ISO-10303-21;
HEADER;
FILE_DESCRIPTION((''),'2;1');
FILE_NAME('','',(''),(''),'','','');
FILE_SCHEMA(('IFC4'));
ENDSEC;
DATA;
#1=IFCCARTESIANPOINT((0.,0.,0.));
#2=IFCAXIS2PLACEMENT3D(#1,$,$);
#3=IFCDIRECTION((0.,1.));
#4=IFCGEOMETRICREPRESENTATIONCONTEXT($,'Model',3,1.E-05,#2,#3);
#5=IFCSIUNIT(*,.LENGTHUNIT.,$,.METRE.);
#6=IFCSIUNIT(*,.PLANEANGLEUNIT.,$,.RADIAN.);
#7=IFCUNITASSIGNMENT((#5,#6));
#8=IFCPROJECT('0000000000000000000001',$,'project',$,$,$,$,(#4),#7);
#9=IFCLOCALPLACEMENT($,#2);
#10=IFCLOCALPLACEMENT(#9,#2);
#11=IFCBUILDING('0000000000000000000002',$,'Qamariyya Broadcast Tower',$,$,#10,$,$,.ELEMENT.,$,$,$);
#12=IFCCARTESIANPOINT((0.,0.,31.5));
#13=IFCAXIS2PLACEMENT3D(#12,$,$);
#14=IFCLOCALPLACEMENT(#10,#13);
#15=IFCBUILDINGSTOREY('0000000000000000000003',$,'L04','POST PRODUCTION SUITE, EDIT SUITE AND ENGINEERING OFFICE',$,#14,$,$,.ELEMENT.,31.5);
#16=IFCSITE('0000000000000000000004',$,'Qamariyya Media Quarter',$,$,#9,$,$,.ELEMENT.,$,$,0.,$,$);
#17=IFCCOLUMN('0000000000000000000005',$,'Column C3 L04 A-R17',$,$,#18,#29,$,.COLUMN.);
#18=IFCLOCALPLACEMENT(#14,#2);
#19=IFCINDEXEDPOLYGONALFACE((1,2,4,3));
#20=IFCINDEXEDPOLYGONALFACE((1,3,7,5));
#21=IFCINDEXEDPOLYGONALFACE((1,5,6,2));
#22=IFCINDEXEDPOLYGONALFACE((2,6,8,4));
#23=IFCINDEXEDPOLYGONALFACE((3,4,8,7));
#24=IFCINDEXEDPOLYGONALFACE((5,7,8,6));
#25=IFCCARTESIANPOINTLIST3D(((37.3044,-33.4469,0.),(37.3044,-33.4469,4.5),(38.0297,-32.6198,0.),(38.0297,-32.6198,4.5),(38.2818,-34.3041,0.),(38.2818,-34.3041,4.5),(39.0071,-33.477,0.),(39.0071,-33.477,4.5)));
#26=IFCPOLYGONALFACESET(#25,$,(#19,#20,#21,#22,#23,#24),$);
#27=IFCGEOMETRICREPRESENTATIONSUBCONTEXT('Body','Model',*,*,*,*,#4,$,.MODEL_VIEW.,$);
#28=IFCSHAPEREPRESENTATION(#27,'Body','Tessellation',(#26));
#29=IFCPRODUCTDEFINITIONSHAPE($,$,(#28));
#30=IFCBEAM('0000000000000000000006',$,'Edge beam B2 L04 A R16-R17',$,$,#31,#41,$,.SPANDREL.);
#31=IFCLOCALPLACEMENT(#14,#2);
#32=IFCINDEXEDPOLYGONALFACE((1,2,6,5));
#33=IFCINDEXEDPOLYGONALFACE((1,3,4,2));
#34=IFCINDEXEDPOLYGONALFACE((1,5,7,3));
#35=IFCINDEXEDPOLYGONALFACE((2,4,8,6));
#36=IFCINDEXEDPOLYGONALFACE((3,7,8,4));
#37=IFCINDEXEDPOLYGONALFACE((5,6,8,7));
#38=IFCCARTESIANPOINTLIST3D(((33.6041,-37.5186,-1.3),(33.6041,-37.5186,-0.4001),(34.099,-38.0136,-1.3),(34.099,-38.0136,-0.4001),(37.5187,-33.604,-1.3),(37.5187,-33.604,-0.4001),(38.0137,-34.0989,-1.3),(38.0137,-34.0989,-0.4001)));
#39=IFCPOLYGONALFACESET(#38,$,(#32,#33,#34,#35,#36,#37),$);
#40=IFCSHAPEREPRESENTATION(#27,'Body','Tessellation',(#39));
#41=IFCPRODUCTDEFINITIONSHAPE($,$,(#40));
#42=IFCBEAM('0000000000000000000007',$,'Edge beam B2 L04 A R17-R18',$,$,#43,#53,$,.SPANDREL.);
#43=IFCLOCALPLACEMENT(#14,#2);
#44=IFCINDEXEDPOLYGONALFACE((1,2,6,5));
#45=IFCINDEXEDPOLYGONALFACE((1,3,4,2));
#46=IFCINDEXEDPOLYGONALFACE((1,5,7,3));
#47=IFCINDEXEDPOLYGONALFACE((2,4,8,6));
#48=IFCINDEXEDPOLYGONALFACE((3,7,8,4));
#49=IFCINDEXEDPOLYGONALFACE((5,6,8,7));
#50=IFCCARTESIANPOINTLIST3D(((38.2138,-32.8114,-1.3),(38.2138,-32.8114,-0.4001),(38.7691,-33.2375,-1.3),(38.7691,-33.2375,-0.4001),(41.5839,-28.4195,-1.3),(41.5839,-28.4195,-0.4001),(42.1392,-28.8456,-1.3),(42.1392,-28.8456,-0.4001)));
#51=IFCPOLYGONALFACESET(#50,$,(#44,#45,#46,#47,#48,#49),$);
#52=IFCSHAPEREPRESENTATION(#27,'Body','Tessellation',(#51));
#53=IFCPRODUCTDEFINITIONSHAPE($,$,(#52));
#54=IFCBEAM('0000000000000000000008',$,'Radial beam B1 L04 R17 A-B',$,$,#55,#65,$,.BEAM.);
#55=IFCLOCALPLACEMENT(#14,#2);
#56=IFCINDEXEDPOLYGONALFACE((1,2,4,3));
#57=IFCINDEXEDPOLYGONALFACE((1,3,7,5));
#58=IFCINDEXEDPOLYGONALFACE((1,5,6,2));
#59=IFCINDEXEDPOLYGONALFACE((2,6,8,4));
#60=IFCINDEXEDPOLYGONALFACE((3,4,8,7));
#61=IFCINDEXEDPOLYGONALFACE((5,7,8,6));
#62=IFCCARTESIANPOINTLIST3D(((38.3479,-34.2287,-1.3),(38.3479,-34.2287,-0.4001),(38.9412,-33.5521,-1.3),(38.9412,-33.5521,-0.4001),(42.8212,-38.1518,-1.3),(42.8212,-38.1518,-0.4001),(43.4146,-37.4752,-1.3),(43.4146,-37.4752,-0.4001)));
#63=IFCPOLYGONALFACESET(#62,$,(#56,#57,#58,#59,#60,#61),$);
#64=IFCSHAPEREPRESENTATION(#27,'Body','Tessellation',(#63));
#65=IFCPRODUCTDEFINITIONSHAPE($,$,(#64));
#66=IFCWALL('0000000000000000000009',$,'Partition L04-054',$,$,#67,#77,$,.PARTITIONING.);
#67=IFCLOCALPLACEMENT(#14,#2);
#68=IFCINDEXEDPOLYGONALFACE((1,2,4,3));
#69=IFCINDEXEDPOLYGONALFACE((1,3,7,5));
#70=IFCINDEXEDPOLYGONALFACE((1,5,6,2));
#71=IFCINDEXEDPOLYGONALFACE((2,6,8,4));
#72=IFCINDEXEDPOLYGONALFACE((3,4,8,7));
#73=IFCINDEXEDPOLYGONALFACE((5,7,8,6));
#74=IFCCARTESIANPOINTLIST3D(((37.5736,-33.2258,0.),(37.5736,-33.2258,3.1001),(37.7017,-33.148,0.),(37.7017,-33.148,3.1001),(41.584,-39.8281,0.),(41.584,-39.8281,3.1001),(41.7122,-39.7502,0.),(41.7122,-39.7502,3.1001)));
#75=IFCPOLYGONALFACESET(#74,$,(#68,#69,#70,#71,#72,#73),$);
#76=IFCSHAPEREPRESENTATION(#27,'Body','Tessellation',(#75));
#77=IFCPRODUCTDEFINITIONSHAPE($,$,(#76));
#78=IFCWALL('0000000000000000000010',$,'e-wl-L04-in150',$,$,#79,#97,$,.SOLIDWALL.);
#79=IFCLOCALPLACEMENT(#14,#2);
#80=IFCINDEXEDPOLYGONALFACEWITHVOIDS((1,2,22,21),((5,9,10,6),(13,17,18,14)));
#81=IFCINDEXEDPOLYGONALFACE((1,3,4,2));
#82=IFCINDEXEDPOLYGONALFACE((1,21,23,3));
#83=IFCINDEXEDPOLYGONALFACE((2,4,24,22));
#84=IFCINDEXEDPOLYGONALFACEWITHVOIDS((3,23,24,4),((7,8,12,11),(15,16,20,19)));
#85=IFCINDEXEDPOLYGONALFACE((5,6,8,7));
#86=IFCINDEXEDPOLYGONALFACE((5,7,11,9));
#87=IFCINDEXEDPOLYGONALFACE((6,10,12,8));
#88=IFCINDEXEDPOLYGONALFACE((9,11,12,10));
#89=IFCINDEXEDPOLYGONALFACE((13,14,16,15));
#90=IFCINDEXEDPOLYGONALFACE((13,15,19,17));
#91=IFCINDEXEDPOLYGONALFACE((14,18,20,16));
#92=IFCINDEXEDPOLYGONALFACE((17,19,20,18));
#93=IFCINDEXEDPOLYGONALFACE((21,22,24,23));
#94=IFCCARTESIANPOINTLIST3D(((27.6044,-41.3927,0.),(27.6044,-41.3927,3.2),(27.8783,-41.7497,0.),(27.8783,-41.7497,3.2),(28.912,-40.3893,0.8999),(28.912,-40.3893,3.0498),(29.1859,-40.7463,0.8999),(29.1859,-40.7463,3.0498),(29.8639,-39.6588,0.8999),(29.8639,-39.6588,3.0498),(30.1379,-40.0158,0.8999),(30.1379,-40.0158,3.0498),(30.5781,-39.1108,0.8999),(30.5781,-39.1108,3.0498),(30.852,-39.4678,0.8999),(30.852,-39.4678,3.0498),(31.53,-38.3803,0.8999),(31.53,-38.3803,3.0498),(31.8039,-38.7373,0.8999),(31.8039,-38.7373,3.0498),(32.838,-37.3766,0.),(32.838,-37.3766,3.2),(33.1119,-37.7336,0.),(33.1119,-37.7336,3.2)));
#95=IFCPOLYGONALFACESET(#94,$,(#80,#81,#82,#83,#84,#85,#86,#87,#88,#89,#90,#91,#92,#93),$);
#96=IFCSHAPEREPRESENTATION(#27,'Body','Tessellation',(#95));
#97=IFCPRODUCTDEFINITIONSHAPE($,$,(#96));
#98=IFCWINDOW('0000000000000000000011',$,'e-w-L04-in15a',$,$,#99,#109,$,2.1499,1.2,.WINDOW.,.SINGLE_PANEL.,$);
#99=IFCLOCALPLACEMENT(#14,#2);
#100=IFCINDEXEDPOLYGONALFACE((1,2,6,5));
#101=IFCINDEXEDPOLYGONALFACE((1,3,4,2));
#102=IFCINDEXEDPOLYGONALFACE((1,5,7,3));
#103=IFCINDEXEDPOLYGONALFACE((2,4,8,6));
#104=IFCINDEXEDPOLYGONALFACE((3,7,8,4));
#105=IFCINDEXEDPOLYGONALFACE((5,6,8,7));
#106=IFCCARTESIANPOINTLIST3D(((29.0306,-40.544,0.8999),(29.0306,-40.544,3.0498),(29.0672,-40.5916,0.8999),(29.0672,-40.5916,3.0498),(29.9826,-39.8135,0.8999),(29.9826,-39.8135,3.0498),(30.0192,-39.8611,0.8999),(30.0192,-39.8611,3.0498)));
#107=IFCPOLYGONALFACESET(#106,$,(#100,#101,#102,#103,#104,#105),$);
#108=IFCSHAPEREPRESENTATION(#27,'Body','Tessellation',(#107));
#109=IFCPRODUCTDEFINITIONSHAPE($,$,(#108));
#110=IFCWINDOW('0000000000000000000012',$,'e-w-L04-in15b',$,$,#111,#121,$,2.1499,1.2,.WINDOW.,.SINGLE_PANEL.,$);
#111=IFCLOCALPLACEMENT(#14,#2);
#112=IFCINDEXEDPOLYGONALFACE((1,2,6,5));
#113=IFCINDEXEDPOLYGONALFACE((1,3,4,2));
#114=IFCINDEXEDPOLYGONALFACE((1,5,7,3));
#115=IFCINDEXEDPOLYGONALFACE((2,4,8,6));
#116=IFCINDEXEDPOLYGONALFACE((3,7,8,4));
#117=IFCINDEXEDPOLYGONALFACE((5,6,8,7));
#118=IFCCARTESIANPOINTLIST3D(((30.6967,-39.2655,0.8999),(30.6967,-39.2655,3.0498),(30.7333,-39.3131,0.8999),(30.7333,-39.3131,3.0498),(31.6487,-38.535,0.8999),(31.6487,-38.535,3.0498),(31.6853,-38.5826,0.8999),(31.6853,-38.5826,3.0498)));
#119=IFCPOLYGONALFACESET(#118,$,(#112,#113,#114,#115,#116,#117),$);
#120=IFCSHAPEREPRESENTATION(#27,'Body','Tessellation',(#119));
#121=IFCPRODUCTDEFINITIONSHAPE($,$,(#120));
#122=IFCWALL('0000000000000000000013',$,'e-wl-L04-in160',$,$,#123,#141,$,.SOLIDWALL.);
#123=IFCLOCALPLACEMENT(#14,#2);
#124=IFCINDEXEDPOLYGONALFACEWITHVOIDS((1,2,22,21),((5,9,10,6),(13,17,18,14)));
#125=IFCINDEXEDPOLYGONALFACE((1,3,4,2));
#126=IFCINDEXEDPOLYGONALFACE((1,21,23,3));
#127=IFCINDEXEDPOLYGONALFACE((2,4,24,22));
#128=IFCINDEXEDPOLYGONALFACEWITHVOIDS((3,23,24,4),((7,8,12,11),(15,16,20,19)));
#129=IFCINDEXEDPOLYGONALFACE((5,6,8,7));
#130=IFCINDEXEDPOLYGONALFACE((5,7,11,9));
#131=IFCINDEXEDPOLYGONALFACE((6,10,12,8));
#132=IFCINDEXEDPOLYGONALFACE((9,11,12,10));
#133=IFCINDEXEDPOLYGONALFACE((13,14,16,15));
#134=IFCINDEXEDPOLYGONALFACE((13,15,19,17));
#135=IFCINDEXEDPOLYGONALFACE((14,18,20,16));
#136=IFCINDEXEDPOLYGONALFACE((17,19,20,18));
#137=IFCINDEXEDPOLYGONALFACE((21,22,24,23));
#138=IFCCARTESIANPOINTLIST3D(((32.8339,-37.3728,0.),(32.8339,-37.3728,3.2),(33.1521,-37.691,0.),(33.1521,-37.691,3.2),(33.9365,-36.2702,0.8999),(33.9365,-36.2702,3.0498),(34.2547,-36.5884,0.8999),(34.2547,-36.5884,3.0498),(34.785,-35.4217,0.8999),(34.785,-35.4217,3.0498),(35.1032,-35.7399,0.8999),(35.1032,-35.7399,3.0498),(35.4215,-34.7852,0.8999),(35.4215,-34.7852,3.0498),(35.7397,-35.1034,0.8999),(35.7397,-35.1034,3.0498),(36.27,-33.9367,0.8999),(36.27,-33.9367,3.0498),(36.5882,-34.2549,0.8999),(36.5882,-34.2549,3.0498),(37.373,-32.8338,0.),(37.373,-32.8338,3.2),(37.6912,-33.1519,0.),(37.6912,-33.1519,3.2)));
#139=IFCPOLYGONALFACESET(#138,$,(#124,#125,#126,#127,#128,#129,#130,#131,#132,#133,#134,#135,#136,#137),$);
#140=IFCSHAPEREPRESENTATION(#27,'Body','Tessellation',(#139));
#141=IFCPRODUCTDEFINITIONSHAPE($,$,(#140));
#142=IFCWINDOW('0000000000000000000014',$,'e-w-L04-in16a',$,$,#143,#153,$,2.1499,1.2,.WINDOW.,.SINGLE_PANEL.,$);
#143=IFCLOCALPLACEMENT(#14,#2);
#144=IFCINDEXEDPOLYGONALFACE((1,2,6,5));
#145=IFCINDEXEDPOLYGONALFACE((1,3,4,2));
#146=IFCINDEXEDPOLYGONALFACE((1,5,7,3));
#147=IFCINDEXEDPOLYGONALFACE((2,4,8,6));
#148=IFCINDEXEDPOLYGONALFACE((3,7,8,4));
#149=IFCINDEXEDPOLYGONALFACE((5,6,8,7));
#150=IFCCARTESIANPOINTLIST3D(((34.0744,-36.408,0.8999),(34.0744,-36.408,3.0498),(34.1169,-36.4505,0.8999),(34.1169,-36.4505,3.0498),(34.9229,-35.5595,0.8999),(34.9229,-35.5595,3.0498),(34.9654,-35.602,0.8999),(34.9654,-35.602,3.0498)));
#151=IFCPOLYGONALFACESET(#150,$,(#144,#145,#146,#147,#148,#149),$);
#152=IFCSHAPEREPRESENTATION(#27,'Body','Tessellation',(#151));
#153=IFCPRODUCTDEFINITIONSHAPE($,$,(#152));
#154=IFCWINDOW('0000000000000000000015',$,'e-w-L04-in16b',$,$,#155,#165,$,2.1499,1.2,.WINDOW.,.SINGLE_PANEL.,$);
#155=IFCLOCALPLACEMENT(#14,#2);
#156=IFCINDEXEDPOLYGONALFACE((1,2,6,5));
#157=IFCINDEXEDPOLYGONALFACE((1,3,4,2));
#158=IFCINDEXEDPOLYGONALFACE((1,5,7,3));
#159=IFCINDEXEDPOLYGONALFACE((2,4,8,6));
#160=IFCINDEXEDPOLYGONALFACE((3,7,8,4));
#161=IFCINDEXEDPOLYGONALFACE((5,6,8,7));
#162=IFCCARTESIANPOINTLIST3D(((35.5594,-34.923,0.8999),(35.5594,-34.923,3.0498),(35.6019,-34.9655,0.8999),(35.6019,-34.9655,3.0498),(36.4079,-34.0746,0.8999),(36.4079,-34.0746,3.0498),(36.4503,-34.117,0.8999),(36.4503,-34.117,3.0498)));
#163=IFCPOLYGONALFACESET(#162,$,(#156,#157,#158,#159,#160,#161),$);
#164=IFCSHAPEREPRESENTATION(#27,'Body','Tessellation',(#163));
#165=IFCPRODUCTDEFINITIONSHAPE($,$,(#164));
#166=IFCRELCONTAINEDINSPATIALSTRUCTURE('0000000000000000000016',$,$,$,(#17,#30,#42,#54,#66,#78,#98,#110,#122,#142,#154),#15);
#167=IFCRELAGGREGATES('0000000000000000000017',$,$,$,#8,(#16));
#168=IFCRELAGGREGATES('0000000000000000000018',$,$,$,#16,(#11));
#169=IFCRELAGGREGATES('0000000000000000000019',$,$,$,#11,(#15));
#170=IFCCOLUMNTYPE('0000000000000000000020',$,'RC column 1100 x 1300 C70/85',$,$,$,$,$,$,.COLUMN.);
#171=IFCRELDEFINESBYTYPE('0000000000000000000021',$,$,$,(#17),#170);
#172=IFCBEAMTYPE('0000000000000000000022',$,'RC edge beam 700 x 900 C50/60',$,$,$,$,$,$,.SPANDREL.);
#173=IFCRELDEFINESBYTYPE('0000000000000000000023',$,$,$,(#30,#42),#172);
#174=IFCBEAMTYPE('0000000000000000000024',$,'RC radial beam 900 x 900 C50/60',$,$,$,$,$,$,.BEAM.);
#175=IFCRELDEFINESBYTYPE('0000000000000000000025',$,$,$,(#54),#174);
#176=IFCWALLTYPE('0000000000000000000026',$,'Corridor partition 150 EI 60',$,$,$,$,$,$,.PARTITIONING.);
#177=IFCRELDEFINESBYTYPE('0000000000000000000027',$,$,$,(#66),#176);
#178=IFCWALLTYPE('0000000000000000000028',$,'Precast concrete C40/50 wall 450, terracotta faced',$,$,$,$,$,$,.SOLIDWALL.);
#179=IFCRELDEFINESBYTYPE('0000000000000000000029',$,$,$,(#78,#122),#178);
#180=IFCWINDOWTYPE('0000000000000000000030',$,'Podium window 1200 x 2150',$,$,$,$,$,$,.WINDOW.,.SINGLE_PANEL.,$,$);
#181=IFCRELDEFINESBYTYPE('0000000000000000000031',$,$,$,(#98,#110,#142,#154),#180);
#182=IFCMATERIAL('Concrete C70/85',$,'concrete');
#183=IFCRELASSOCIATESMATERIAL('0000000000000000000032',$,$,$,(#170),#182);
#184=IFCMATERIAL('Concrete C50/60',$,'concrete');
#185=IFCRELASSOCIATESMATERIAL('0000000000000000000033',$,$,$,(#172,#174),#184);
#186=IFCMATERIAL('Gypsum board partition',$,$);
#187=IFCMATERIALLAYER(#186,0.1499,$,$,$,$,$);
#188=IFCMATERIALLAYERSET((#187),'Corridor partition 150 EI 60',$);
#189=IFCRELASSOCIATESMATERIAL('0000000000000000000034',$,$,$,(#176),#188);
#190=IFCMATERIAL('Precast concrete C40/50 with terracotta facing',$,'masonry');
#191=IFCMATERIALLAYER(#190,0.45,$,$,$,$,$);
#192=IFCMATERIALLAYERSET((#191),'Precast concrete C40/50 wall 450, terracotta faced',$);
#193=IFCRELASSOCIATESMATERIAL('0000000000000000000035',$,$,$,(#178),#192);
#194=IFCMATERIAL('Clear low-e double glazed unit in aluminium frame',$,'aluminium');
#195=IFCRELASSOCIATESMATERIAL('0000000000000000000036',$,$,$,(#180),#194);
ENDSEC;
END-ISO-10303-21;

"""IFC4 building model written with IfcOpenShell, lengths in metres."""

from ifc_helpers import new_model, si_unit, direction, frame, frame_2d, origin, origin_2d, place, context, subcontext, project, spatial, rectangle, extrude, material, layer, layer_set, material_profile, profile_set, type_object, element, fill, save


model = new_model("IFC4")

# Units and contexts
model_context = context("Model", 3, precision=1e-05, world=origin(), true_north=direction((0.0, 1.0)))
body_context = subcontext(model_context, "Body", "Model", "MODEL_VIEW")
ifc_project = project(units=[si_unit("LENGTHUNIT", "METRE"), si_unit("PLANEANGLEUNIT", "RADIAN")], contexts=[model_context])

# Site, building, storey
site_placement = place(None, origin())
site = spatial("IfcSite", under=ifc_project, at=site_placement, Name="Qamariyya Media Quarter", CompositionType="ELEMENT", RefElevation=0.0)
building_placement = place(site_placement, origin())
building = spatial("IfcBuilding", under=site, at=building_placement, Name="Qamariyya Broadcast Tower", CompositionType="ELEMENT")
storey_placement = place(building_placement, frame((0.0, 0.0, 31.5)))
storey = spatial("IfcBuildingStorey", under=building, at=storey_placement, Name="L04", Description="POST PRODUCTION SUITE, EDIT SUITE AND ENGINEERING OFFICE", CompositionType="ELEMENT", Elevation=31.5)

# Column
ifc_material_1 = material(Name="Concrete C70/85", Category="concrete")
ifc_material_profile_1 = material_profile(ifc_material_1, rectangle(XDim=1.1001, YDim=1.3, at=origin_2d()))
ifc_profile_set_1 = profile_set([ifc_material_profile_1], Name="Concrete C70/85")
column_type = type_object("IfcColumnType", Name="RC column 1100 x 1300 C70/85", PredefinedType="COLUMN", material=ifc_profile_set_1)
column_placement = place(storey_placement, frame((38.1558, -33.4619, 0.0), z_axis=(0.0, 0.0, 1.0), x_axis=(0.659346, 0.75184, 0.0)))
element("IfcColumn", 1, at=column_placement, inside=storey, type_object=column_type, Name="Column C3 L04 A-R17", PredefinedType="COLUMN", context=body_context, shape_type="SweptSolid", body=[
    extrude(rectangle(XDim=1.1001, YDim=1.3, at=origin_2d()), origin(), (0.0, 0.0, 1.0), 4.5),
])

# Beams
ifc_material_2 = material(Name="Concrete C50/60", Category="concrete")
ifc_material_profile_2 = material_profile(ifc_material_2, rectangle(XDim=0.7, YDim=0.8999, at=origin_2d()))
ifc_profile_set_2 = profile_set([ifc_material_profile_2], Name="Concrete C50/60")
beam_type_1 = type_object("IfcBeamType", Name="RC edge beam 700 x 900 C50/60", PredefinedType="SPANDREL", material=ifc_profile_set_2)
beam_1_placement = place(storey_placement, frame((33.8516, -37.7661, -0.8501), z_axis=(0.707107, 0.707107, 0.0), x_axis=(-0.707107, 0.707107, 0.0)))
element("IfcBeam", 2, at=beam_1_placement, inside=storey, type_object=beam_type_1, Name="Edge beam B2 L04 A R16-R17", PredefinedType="SPANDREL", context=body_context, shape_type="SweptSolid", body=[
    extrude(rectangle(XDim=0.7, YDim=0.8999, at=origin_2d()), origin(), (0.0, 0.0, 1.0), 5.5361),
])
beam_2_placement = place(storey_placement, frame((38.4915, -33.0244, -0.8501), z_axis=(0.608777, 0.793342, 0.0), x_axis=(-0.793342, 0.608777, 0.0)))
element("IfcBeam", 3, at=beam_2_placement, inside=storey, type_object=beam_type_1, Name="Edge beam B2 L04 A R17-R18", PredefinedType="SPANDREL", context=body_context, shape_type="SweptSolid", body=[
    extrude(rectangle(XDim=0.7, YDim=0.8999, at=origin_2d()), origin(), (0.0, 0.0, 1.0), 5.5359),
])
ifc_material_profile_3 = material_profile(ifc_material_2, rectangle(XDim=0.8999, YDim=0.8999, at=origin_2d()))
ifc_profile_set_3 = profile_set([ifc_material_profile_3], Name="Concrete C50/60")
beam_type_2 = type_object("IfcBeamType", Name="RC radial beam 900 x 900 C50/60", PredefinedType="BEAM", material=ifc_profile_set_3)
beam_3_placement = place(storey_placement, frame((38.6445, -33.8904, -0.8501), z_axis=(0.751837, -0.65935, 0.0), x_axis=(0.65935, 0.751837, 0.0)))
element("IfcBeam", 4, at=beam_3_placement, inside=storey, type_object=beam_type_2, Name="Radial beam B1 L04 R17 A-B", PredefinedType="BEAM", context=body_context, shape_type="SweptSolid", body=[
    extrude(rectangle(XDim=0.8999, YDim=0.8999, at=origin_2d()), origin(), (0.0, 0.0, 1.0), 5.95),
])

# Wall
ifc_material_3 = material(Name="Gypsum board partition")
ifc_layer_1 = layer(ifc_material_3, 0.1499)
ifc_layer_set_1 = layer_set([ifc_layer_1], Name="Corridor partition 150 EI 60")
wall_type_1 = type_object("IfcWallType", Name="Corridor partition 150 EI 60", PredefinedType="PARTITIONING", material=ifc_layer_set_1)
wall_1_placement = place(storey_placement, frame((37.6377, -33.187, 0.0), z_axis=(0.0, 0.0, 1.0), x_axis=(0.519164, -0.854675, 0.0)))
element("IfcWall", 5, at=wall_1_placement, inside=storey, type_object=wall_type_1, Name="Partition L04-054", PredefinedType="PARTITIONING", context=body_context, shape_type="SweptSolid", body=[
    extrude(rectangle(XDim=7.7249, YDim=0.1499, at=frame_2d((3.8623, 0.0))), origin(), (0.0, 0.0, 1.0), 3.1001),
])

# Walls, openings, windows
ifc_material_4 = material(Name="Precast concrete C40/50 with terracotta facing", Category="masonry")
ifc_layer_2 = layer(ifc_material_4, 0.45)
ifc_layer_set_2 = layer_set([ifc_layer_2], Name="Precast concrete C40/50 wall 450, terracotta faced")
wall_type_2 = type_object("IfcWallType", Name="Precast concrete C40/50 wall 450, terracotta faced", PredefinedType="SOLIDWALL", material=ifc_layer_set_2)
wall_2_placement = place(storey_placement, frame((32.9749, -37.5552, 0.0), z_axis=(0.0, 0.0, 1.0), x_axis=(-0.793339, -0.60878, 0.0)))
wall_2 = element("IfcWall", 6, at=wall_2_placement, inside=storey, type_object=wall_type_2, Name="e-wl-L04-in150", PredefinedType="SOLIDWALL", context=body_context, shape_type="SweptSolid", body=[
    extrude(rectangle(XDim=6.5969, YDim=0.45, at=frame_2d((3.2983, 0.0))), origin(), (0.0, 0.0, 1.0), 3.2),
])
opening_1_placement = place(wall_2_placement, frame((3.7485, 0.0, 0.8999)))
opening_1 = element("IfcOpeningElement", 7, at=opening_1_placement, cuts=wall_2, PredefinedType="OPENING", context=body_context, shape_type="SweptSolid", body=[
    extrude(rectangle(XDim=1.2, YDim=2.1499, at=frame_2d((0.6001, 1.075))), frame((0.0, 0.2349, 0.0), z_axis=(0.0, -1.0, 0.0), x_axis=(1.0, 0.0, 0.0)), (0.0, 0.0, 1.0), 0.47),
])
opening_2_placement = place(wall_2_placement, frame((1.6484, 0.0, 0.8999)))
opening_2 = element("IfcOpeningElement", 8, at=opening_2_placement, cuts=wall_2, PredefinedType="OPENING", context=body_context, shape_type="SweptSolid", body=[
    extrude(rectangle(XDim=1.2, YDim=2.1499, at=frame_2d((0.6001, 1.075))), frame((0.0, 0.2349, 0.0), z_axis=(0.0, -1.0, 0.0), x_axis=(1.0, 0.0, 0.0)), (0.0, 0.0, 1.0), 0.47),
])
ifc_material_5 = material(Name="Clear low-e double glazed unit in aluminium frame", Category="aluminium")
window_type = type_object("IfcWindowType", Name="Podium window 1200 x 2150", PartitioningType="SINGLE_PANEL", PredefinedType="WINDOW", material=ifc_material_5)
window_1_placement = place(opening_1_placement, origin())
window_1 = element("IfcWindow", 9, at=window_1_placement, inside=storey, type_object=window_type, Name="e-w-L04-in15a", OverallHeight=2.1499, OverallWidth=1.2, PartitioningType="SINGLE_PANEL", PredefinedType="WINDOW", context=body_context, shape_type="SweptSolid", body=[
    extrude(rectangle(XDim=1.2, YDim=2.1499, at=frame_2d((0.6001, 1.075))), frame((0.0, 0.03, 0.0), z_axis=(0.0, -1.0, 0.0), x_axis=(1.0, 0.0, 0.0)), (0.0, 0.0, 1.0), 0.0601),
])
fill(opening_1, window_1)
window_2_placement = place(opening_2_placement, origin())
window_2 = element("IfcWindow", 10, at=window_2_placement, inside=storey, type_object=window_type, Name="e-w-L04-in15b", OverallHeight=2.1499, OverallWidth=1.2, PartitioningType="SINGLE_PANEL", PredefinedType="WINDOW", context=body_context, shape_type="SweptSolid", body=[
    extrude(rectangle(XDim=1.2, YDim=2.1499, at=frame_2d((0.6001, 1.075))), frame((0.0, 0.03, 0.0), z_axis=(0.0, -1.0, 0.0), x_axis=(1.0, 0.0, 0.0)), (0.0, 0.0, 1.0), 0.0601),
])
fill(opening_2, window_2)
wall_3_placement = place(storey_placement, frame((37.532, -32.9929, 0.0), z_axis=(0.0, 0.0, 1.0), x_axis=(-0.707107, -0.707107, 0.0)))
wall_3 = element("IfcWall", 11, at=wall_3_placement, inside=storey, type_object=wall_type_2, Name="e-wl-L04-in160", PredefinedType="SOLIDWALL", context=body_context, shape_type="SweptSolid", body=[
    extrude(rectangle(XDim=6.4192, YDim=0.45, at=frame_2d((3.2095, 0.0))), origin(), (0.0, 0.0, 1.0), 3.2),
])
opening_3_placement = place(wall_3_placement, frame((3.6597, 0.0, 0.8999)))
opening_3 = element("IfcOpeningElement", 12, at=opening_3_placement, cuts=wall_3, PredefinedType="OPENING", context=body_context, shape_type="SweptSolid", body=[
    extrude(rectangle(XDim=1.2, YDim=2.1499, at=frame_2d((0.6001, 1.075))), frame((0.0, 0.2349, 0.0), z_axis=(0.0, -1.0, 0.0), x_axis=(1.0, 0.0, 0.0)), (0.0, 0.0, 1.0), 0.47),
])
opening_4_placement = place(wall_3_placement, frame((1.5596, 0.0, 0.8999)))
opening_4 = element("IfcOpeningElement", 13, at=opening_4_placement, cuts=wall_3, PredefinedType="OPENING", context=body_context, shape_type="SweptSolid", body=[
    extrude(rectangle(XDim=1.2, YDim=2.1499, at=frame_2d((0.6001, 1.075))), frame((0.0, 0.2349, 0.0), z_axis=(0.0, -1.0, 0.0), x_axis=(1.0, 0.0, 0.0)), (0.0, 0.0, 1.0), 0.47),
])
window_3_placement = place(opening_3_placement, origin())
window_3 = element("IfcWindow", 14, at=window_3_placement, inside=storey, type_object=window_type, Name="e-w-L04-in16a", OverallHeight=2.1499, OverallWidth=1.2, PartitioningType="SINGLE_PANEL", PredefinedType="WINDOW", context=body_context, shape_type="SweptSolid", body=[
    extrude(rectangle(XDim=1.2, YDim=2.1499, at=frame_2d((0.6001, 1.075))), frame((0.0, 0.03, 0.0), z_axis=(0.0, -1.0, 0.0), x_axis=(1.0, 0.0, 0.0)), (0.0, 0.0, 1.0), 0.0601),
])
fill(opening_3, window_3)
window_4_placement = place(opening_4_placement, origin())
window_4 = element("IfcWindow", 15, at=window_4_placement, inside=storey, type_object=window_type, Name="e-w-L04-in16b", OverallHeight=2.1499, OverallWidth=1.2, PartitioningType="SINGLE_PANEL", PredefinedType="WINDOW", context=body_context, shape_type="SweptSolid", body=[
    extrude(rectangle(XDim=1.2, YDim=2.1499, at=frame_2d((0.6001, 1.075))), frame((0.0, 0.03, 0.0), z_axis=(0.0, -1.0, 0.0), x_axis=(1.0, 0.0, 0.0)), (0.0, 0.0, 1.0), 0.0601),
])
fill(opening_4, window_4)

save(model, "model.ifc")
